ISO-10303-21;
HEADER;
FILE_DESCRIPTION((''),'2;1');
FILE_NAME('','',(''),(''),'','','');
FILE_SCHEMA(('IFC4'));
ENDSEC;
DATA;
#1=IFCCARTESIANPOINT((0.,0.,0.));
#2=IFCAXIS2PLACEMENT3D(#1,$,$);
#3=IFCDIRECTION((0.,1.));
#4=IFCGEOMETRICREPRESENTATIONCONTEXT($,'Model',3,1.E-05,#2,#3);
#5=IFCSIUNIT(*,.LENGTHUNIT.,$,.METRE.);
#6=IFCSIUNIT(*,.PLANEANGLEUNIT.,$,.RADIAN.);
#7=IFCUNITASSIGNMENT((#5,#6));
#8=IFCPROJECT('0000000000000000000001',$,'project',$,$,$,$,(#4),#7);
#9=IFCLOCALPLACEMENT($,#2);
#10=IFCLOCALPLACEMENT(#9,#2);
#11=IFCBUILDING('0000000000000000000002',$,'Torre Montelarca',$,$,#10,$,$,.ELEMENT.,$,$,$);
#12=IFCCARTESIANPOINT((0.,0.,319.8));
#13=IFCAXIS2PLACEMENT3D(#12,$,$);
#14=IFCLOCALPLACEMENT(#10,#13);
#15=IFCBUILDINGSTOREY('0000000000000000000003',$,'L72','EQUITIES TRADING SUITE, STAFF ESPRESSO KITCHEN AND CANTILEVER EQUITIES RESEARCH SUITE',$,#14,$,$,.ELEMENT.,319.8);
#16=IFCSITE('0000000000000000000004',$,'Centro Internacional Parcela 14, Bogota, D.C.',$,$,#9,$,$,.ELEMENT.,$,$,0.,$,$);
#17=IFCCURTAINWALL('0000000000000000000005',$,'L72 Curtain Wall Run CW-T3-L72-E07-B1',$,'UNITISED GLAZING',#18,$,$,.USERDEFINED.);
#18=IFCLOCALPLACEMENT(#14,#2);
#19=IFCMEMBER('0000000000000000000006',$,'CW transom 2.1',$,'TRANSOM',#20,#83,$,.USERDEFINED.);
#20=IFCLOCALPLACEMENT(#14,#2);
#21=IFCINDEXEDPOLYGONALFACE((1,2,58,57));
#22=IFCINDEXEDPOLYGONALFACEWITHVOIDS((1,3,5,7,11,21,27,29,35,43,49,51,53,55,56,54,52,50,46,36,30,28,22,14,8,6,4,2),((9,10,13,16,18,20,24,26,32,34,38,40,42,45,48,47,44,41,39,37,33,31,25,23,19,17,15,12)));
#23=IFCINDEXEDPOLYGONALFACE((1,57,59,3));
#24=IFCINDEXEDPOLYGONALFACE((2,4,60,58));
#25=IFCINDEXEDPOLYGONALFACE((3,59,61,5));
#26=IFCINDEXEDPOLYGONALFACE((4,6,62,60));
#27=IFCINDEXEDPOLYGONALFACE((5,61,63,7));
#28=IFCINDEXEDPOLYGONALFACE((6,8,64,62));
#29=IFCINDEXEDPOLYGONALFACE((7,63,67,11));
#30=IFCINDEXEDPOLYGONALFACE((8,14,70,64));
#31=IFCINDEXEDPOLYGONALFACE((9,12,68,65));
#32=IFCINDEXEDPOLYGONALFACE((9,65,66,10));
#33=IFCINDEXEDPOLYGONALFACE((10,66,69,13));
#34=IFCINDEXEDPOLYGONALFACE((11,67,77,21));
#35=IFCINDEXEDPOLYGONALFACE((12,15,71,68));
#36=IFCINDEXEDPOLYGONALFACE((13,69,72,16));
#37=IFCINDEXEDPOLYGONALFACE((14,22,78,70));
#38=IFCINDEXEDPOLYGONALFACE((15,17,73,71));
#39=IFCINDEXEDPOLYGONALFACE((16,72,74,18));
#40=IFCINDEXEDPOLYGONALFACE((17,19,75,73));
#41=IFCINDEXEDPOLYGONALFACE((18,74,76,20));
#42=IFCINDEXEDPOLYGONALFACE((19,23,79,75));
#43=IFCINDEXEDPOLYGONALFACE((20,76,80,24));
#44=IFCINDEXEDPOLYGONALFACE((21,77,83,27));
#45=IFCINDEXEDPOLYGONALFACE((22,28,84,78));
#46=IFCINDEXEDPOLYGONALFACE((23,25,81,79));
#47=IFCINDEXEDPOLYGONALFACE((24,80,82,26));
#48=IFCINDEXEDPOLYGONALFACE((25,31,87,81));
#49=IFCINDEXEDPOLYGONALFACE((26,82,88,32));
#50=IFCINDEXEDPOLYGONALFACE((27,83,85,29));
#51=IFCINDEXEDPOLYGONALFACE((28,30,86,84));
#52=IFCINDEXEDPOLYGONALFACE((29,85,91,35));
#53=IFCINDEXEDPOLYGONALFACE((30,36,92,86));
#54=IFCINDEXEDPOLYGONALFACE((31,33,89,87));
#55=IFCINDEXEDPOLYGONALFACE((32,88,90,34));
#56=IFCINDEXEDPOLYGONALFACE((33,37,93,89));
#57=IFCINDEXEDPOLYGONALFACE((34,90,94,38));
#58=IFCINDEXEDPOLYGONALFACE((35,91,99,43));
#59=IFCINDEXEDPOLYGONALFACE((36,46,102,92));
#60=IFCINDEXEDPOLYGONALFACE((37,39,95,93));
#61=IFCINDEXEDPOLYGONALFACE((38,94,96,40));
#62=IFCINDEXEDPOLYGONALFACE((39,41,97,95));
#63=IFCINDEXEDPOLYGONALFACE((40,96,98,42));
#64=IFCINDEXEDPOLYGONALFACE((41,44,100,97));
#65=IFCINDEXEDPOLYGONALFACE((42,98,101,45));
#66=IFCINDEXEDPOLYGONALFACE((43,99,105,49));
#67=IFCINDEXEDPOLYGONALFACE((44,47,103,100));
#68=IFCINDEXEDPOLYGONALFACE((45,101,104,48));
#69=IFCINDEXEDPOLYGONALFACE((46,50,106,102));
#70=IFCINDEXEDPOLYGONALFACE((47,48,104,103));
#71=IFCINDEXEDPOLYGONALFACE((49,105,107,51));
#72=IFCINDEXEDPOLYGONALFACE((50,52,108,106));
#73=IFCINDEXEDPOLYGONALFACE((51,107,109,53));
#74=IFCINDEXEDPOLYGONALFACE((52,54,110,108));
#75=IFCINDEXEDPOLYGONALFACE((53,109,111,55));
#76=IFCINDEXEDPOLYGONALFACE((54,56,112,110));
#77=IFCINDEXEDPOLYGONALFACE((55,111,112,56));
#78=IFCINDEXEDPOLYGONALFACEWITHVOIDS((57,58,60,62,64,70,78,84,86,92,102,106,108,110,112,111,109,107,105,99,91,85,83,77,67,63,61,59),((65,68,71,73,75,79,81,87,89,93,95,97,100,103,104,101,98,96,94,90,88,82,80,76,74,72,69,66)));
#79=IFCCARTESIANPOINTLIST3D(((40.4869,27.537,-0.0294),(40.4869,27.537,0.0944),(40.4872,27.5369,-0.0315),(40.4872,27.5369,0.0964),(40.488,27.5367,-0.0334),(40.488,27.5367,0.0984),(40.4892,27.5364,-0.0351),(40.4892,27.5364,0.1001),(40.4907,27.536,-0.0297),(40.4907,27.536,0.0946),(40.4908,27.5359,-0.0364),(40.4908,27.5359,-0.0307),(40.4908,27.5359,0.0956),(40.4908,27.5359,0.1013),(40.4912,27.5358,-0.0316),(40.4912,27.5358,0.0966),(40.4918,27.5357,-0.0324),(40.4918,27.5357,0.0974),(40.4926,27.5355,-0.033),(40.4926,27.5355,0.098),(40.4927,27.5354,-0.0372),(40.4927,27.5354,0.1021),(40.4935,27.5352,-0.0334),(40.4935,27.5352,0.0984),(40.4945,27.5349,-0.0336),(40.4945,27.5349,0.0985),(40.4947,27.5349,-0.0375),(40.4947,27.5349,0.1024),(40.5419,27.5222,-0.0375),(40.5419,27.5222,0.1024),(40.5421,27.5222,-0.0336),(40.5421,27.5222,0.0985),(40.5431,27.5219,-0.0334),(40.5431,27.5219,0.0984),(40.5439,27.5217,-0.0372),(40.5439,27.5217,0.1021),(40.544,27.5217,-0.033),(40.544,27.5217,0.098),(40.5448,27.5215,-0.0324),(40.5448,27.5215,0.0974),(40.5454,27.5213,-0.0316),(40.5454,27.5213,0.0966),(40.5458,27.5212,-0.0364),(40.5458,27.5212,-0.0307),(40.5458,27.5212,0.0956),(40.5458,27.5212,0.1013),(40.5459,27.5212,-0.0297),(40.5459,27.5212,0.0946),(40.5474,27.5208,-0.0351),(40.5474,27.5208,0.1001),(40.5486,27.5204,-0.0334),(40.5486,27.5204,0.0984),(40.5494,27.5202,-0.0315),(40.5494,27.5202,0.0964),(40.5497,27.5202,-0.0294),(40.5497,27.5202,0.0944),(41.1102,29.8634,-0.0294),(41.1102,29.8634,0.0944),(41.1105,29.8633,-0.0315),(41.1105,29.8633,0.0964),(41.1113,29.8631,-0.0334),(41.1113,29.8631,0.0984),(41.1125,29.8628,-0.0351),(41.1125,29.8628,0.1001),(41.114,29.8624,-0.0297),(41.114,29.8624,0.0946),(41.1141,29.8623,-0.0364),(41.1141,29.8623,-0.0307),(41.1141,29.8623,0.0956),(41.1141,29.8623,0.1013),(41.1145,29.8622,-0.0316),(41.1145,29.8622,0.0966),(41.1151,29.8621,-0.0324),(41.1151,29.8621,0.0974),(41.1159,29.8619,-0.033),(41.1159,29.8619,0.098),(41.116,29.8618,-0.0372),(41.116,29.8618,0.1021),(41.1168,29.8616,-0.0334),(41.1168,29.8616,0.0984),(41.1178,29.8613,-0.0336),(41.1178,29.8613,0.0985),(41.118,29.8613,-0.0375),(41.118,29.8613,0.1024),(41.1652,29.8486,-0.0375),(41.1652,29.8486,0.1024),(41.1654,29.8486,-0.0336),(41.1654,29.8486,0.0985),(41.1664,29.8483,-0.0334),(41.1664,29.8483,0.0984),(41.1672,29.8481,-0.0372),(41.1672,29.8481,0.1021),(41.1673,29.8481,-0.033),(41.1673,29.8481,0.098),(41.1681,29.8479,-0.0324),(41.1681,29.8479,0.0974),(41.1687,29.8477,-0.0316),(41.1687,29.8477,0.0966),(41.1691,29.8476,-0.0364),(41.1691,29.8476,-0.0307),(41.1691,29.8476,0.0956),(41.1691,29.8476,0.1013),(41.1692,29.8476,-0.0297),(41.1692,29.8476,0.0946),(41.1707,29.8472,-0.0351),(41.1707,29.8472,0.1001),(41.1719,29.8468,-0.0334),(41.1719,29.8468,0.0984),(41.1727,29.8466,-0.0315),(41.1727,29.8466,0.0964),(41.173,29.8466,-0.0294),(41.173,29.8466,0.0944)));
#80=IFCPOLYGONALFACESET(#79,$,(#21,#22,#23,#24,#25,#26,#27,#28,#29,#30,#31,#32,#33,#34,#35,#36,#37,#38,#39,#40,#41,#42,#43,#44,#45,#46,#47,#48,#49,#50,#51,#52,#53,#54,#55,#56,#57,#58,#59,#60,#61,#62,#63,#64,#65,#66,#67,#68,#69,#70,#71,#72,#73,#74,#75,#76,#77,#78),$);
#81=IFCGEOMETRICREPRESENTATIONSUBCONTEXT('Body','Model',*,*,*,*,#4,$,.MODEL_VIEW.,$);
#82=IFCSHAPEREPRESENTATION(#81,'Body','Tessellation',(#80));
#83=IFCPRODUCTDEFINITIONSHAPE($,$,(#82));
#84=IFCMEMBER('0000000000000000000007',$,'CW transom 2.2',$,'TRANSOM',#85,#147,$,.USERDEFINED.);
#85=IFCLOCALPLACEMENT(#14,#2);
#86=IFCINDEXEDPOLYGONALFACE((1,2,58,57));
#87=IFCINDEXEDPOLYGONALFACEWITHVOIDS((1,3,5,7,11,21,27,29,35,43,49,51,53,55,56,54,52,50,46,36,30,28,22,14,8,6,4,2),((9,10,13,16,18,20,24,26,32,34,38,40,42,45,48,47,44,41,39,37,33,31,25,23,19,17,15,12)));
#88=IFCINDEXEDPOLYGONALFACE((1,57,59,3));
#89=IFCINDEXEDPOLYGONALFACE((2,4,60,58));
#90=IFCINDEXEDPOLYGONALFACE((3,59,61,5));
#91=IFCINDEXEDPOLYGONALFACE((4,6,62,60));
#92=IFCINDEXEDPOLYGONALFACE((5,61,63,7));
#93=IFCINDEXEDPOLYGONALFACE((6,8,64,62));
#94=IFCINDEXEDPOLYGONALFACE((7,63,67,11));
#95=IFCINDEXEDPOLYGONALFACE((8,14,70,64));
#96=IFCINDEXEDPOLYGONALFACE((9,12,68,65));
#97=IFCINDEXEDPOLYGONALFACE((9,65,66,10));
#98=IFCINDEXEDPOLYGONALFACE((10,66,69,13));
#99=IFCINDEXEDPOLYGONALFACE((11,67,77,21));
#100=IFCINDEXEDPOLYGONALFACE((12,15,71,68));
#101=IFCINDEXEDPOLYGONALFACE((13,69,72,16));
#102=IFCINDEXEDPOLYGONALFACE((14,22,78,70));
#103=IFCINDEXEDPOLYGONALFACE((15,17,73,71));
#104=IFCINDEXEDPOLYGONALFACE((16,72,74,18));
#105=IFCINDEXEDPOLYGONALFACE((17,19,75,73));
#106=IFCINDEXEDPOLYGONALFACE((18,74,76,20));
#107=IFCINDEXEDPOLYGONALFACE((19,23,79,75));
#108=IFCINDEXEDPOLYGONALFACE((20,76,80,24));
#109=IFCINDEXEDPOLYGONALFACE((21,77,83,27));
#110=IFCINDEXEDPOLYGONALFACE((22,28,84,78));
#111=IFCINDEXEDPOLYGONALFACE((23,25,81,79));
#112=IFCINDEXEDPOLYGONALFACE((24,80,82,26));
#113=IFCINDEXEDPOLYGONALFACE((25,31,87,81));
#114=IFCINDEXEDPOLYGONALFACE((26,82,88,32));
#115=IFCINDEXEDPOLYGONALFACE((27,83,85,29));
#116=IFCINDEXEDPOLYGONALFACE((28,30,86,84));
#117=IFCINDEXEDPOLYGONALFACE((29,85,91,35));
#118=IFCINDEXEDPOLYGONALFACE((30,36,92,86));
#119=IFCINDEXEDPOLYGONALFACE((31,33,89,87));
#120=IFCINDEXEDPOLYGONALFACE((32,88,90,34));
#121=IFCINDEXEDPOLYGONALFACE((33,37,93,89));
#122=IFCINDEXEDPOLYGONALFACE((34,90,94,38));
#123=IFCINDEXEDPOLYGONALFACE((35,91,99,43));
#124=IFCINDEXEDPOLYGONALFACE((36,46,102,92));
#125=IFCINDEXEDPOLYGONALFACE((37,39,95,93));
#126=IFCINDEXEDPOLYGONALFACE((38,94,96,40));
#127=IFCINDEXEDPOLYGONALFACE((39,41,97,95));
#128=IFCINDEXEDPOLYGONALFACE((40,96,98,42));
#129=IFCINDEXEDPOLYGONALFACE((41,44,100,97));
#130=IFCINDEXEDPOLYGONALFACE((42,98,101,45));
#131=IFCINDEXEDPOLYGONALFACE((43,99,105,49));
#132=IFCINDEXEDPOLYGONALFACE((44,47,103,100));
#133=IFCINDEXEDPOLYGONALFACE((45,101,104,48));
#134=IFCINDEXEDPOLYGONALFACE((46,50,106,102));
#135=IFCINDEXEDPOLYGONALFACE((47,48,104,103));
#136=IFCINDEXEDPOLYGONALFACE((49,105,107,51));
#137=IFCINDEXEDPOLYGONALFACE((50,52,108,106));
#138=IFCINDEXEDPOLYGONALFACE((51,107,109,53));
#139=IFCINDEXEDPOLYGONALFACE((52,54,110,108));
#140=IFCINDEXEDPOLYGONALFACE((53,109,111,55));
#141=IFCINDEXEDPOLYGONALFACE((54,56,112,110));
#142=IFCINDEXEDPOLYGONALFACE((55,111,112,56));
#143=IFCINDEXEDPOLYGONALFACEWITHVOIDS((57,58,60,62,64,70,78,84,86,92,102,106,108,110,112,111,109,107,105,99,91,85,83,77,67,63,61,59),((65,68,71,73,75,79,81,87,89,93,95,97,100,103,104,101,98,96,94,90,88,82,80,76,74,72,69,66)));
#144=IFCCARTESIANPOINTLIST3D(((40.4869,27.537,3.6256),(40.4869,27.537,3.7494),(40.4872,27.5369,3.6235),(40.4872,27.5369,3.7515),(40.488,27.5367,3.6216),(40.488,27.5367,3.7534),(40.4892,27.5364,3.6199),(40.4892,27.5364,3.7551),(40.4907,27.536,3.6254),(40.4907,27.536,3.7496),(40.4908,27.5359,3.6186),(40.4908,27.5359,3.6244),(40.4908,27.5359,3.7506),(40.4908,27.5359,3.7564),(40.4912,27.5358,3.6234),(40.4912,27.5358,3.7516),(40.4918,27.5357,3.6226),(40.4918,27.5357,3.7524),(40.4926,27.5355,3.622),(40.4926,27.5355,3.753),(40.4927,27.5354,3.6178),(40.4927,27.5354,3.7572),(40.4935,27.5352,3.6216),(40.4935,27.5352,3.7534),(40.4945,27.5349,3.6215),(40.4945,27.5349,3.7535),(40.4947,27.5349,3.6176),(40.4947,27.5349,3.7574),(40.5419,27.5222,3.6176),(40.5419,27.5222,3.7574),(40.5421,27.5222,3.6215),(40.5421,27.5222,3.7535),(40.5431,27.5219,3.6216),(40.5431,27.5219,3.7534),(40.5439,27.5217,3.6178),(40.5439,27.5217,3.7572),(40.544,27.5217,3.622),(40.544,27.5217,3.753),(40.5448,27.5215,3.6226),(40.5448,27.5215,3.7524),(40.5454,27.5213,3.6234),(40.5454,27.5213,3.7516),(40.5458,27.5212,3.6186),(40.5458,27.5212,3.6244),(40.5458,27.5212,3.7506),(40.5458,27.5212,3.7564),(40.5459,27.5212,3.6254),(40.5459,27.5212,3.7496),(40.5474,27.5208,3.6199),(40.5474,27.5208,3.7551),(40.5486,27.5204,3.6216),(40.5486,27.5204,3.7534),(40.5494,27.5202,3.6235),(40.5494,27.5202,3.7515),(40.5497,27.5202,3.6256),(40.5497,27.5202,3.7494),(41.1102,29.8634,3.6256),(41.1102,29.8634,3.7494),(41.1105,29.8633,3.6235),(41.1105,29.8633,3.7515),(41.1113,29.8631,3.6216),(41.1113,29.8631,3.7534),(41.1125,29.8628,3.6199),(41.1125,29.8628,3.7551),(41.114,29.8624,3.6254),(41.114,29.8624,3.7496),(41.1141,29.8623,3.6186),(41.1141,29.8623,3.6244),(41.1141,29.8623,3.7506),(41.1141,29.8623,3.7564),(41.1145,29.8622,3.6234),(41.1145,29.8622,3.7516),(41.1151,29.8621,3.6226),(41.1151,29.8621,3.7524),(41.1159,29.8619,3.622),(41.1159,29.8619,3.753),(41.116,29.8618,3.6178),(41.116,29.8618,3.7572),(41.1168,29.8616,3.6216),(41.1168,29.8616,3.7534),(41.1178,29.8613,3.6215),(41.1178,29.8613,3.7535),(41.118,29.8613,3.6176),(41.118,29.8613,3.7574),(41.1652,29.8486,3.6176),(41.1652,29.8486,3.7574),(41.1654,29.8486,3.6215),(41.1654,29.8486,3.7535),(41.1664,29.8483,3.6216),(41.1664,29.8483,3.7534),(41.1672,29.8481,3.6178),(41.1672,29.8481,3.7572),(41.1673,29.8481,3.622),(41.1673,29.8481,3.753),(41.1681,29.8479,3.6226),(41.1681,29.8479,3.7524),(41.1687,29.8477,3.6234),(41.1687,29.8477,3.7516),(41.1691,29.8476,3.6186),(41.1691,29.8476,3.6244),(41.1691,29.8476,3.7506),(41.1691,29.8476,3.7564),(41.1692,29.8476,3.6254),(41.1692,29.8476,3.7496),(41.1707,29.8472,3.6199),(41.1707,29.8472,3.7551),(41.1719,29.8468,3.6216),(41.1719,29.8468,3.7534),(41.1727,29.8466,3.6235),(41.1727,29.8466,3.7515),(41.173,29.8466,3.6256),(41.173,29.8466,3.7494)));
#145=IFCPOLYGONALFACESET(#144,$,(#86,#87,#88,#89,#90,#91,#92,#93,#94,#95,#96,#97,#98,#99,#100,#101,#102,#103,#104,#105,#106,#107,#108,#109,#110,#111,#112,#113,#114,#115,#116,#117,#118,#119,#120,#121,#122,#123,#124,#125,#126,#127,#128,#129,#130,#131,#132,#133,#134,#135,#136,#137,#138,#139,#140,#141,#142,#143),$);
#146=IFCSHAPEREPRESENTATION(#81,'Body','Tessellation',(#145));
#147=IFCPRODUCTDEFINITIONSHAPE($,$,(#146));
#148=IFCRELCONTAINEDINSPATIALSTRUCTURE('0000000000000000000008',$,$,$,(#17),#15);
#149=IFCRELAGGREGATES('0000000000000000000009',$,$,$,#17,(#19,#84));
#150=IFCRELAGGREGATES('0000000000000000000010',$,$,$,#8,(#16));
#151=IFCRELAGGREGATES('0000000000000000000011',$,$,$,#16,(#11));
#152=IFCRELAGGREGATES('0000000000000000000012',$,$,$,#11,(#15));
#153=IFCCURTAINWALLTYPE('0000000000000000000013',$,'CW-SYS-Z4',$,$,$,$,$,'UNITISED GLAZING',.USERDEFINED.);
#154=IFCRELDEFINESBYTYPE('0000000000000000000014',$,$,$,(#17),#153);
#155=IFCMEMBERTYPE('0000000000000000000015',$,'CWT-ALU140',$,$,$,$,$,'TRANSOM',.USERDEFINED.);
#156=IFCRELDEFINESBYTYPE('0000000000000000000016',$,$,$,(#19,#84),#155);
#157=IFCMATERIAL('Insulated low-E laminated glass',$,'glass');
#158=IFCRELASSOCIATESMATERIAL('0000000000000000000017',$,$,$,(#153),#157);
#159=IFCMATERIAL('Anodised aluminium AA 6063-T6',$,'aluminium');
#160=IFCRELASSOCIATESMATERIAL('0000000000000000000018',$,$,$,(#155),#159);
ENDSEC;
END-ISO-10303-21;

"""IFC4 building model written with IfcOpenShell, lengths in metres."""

from ifc_helpers import new_model, si_unit, direction, frame, origin, origin_2d, place, context, subcontext, project, spatial, hollow_rectangle, extrude, source, transform, mapped, material, material_profile, profile_set, type_object, element, aggregate, save


model = new_model("IFC4")

# Units and contexts
model_context = context("Model", 3, precision=1e-05, world=origin(), true_north=direction((0.0, 1.0)))
body_context = subcontext(model_context, "Body", "Model", "MODEL_VIEW")
ifc_project = project(units=[si_unit("LENGTHUNIT", "METRE"), si_unit("PLANEANGLEUNIT", "RADIAN")], contexts=[model_context])

# Site, building, storey
site_placement = place(None, origin())
site = spatial("IfcSite", under=ifc_project, at=site_placement, Name="Centro Internacional Parcela 14, Bogota, D.C.", CompositionType="ELEMENT", RefElevation=0.0)
building_placement = place(site_placement, origin())
building = spatial("IfcBuilding", under=site, at=building_placement, Name="Torre Montelarca", CompositionType="ELEMENT")
storey_placement = place(building_placement, frame((0.0, 0.0, 319.8)))
storey = spatial("IfcBuildingStorey", under=building, at=storey_placement, Name="L72", Description="EQUITIES TRADING SUITE, STAFF ESPRESSO KITCHEN AND CANTILEVER EQUITIES RESEARCH SUITE", CompositionType="ELEMENT", Elevation=319.8)

# Curtain wall
ifc_material_1 = material(Name="Insulated low-E laminated glass", Category="glass")
curtain_wall_type = type_object("IfcCurtainWallType", Name="CW-SYS-Z4", ElementType="UNITISED GLAZING", PredefinedType="USERDEFINED", material=ifc_material_1)
ifc_material_2 = material(Name="Anodised aluminium AA 6063-T6", Category="aluminium")
curtain_wall_1_placement = place(storey_placement, origin())
curtain_wall_1 = element("IfcCurtainWall", 1, at=curtain_wall_1_placement, inside=storey, type_object=curtain_wall_type, Name="L72 Curtain Wall Run CW-T3-L72-E07-B1", ObjectType="UNITISED GLAZING", PredefinedType="USERDEFINED")

# Members
ifc_material_profile_1 = material_profile(ifc_material_2, hollow_rectangle(XDim=0.0649, YDim=0.1399, WallThickness=0.0039, InnerFilletRadius=0.0039, OuterFilletRadius=0.0081, at=origin_2d()), Name="ALU65X140X4", Category="aluminium")
ifc_profile_set_1 = profile_set([ifc_material_profile_1], Name="Anodised aluminium AA 6063-T6")
member_type_1 = type_object("IfcMemberType", Name="CWT-ALU140", ElementType="TRANSOM", PredefinedType="USERDEFINED", material=ifc_profile_set_1)
shared_shape_1 = source(origin(), body_context, "Body", "SweptSolid", [
    extrude(hollow_rectangle(XDim=0.0649, YDim=0.1399, WallThickness=0.0039, InnerFilletRadius=0.0039, OuterFilletRadius=0.0081, at=origin_2d()), origin(), (0.0, 0.0, 1.0), 2.4084),
])
member_1_placement = place(storey_placement, frame((40.5183, 27.5286, 0.0325), z_axis=(0.258792, 0.965933, 0.0), x_axis=(-0.965933, 0.258792, 0.0)))
member_1 = element("IfcMember", 2, at=member_1_placement, type_object=member_type_1, Name="CW transom 2.1", ObjectType="TRANSOM", PredefinedType="USERDEFINED", context=body_context, shape_type="MappedRepresentation", body=[
    mapped(shared_shape_1, transform((0.0, 0.0, 0.0), scale=1.0)),
])
member_2_placement = place(storey_placement, frame((40.5183, 27.5286, 3.6875), z_axis=(0.258792, 0.965933, 0.0), x_axis=(-0.965933, 0.258792, 0.0)))
member_2 = element("IfcMember", 3, at=member_2_placement, type_object=member_type_1, Name="CW transom 2.2", ObjectType="TRANSOM", PredefinedType="USERDEFINED", context=body_context, shape_type="MappedRepresentation", body=[
    mapped(shared_shape_1, transform((0.0, 0.0, 0.0), scale=1.0)),
])

aggregate(curtain_wall_1, [member_1, member_2])

save(model, "model.ifc")
